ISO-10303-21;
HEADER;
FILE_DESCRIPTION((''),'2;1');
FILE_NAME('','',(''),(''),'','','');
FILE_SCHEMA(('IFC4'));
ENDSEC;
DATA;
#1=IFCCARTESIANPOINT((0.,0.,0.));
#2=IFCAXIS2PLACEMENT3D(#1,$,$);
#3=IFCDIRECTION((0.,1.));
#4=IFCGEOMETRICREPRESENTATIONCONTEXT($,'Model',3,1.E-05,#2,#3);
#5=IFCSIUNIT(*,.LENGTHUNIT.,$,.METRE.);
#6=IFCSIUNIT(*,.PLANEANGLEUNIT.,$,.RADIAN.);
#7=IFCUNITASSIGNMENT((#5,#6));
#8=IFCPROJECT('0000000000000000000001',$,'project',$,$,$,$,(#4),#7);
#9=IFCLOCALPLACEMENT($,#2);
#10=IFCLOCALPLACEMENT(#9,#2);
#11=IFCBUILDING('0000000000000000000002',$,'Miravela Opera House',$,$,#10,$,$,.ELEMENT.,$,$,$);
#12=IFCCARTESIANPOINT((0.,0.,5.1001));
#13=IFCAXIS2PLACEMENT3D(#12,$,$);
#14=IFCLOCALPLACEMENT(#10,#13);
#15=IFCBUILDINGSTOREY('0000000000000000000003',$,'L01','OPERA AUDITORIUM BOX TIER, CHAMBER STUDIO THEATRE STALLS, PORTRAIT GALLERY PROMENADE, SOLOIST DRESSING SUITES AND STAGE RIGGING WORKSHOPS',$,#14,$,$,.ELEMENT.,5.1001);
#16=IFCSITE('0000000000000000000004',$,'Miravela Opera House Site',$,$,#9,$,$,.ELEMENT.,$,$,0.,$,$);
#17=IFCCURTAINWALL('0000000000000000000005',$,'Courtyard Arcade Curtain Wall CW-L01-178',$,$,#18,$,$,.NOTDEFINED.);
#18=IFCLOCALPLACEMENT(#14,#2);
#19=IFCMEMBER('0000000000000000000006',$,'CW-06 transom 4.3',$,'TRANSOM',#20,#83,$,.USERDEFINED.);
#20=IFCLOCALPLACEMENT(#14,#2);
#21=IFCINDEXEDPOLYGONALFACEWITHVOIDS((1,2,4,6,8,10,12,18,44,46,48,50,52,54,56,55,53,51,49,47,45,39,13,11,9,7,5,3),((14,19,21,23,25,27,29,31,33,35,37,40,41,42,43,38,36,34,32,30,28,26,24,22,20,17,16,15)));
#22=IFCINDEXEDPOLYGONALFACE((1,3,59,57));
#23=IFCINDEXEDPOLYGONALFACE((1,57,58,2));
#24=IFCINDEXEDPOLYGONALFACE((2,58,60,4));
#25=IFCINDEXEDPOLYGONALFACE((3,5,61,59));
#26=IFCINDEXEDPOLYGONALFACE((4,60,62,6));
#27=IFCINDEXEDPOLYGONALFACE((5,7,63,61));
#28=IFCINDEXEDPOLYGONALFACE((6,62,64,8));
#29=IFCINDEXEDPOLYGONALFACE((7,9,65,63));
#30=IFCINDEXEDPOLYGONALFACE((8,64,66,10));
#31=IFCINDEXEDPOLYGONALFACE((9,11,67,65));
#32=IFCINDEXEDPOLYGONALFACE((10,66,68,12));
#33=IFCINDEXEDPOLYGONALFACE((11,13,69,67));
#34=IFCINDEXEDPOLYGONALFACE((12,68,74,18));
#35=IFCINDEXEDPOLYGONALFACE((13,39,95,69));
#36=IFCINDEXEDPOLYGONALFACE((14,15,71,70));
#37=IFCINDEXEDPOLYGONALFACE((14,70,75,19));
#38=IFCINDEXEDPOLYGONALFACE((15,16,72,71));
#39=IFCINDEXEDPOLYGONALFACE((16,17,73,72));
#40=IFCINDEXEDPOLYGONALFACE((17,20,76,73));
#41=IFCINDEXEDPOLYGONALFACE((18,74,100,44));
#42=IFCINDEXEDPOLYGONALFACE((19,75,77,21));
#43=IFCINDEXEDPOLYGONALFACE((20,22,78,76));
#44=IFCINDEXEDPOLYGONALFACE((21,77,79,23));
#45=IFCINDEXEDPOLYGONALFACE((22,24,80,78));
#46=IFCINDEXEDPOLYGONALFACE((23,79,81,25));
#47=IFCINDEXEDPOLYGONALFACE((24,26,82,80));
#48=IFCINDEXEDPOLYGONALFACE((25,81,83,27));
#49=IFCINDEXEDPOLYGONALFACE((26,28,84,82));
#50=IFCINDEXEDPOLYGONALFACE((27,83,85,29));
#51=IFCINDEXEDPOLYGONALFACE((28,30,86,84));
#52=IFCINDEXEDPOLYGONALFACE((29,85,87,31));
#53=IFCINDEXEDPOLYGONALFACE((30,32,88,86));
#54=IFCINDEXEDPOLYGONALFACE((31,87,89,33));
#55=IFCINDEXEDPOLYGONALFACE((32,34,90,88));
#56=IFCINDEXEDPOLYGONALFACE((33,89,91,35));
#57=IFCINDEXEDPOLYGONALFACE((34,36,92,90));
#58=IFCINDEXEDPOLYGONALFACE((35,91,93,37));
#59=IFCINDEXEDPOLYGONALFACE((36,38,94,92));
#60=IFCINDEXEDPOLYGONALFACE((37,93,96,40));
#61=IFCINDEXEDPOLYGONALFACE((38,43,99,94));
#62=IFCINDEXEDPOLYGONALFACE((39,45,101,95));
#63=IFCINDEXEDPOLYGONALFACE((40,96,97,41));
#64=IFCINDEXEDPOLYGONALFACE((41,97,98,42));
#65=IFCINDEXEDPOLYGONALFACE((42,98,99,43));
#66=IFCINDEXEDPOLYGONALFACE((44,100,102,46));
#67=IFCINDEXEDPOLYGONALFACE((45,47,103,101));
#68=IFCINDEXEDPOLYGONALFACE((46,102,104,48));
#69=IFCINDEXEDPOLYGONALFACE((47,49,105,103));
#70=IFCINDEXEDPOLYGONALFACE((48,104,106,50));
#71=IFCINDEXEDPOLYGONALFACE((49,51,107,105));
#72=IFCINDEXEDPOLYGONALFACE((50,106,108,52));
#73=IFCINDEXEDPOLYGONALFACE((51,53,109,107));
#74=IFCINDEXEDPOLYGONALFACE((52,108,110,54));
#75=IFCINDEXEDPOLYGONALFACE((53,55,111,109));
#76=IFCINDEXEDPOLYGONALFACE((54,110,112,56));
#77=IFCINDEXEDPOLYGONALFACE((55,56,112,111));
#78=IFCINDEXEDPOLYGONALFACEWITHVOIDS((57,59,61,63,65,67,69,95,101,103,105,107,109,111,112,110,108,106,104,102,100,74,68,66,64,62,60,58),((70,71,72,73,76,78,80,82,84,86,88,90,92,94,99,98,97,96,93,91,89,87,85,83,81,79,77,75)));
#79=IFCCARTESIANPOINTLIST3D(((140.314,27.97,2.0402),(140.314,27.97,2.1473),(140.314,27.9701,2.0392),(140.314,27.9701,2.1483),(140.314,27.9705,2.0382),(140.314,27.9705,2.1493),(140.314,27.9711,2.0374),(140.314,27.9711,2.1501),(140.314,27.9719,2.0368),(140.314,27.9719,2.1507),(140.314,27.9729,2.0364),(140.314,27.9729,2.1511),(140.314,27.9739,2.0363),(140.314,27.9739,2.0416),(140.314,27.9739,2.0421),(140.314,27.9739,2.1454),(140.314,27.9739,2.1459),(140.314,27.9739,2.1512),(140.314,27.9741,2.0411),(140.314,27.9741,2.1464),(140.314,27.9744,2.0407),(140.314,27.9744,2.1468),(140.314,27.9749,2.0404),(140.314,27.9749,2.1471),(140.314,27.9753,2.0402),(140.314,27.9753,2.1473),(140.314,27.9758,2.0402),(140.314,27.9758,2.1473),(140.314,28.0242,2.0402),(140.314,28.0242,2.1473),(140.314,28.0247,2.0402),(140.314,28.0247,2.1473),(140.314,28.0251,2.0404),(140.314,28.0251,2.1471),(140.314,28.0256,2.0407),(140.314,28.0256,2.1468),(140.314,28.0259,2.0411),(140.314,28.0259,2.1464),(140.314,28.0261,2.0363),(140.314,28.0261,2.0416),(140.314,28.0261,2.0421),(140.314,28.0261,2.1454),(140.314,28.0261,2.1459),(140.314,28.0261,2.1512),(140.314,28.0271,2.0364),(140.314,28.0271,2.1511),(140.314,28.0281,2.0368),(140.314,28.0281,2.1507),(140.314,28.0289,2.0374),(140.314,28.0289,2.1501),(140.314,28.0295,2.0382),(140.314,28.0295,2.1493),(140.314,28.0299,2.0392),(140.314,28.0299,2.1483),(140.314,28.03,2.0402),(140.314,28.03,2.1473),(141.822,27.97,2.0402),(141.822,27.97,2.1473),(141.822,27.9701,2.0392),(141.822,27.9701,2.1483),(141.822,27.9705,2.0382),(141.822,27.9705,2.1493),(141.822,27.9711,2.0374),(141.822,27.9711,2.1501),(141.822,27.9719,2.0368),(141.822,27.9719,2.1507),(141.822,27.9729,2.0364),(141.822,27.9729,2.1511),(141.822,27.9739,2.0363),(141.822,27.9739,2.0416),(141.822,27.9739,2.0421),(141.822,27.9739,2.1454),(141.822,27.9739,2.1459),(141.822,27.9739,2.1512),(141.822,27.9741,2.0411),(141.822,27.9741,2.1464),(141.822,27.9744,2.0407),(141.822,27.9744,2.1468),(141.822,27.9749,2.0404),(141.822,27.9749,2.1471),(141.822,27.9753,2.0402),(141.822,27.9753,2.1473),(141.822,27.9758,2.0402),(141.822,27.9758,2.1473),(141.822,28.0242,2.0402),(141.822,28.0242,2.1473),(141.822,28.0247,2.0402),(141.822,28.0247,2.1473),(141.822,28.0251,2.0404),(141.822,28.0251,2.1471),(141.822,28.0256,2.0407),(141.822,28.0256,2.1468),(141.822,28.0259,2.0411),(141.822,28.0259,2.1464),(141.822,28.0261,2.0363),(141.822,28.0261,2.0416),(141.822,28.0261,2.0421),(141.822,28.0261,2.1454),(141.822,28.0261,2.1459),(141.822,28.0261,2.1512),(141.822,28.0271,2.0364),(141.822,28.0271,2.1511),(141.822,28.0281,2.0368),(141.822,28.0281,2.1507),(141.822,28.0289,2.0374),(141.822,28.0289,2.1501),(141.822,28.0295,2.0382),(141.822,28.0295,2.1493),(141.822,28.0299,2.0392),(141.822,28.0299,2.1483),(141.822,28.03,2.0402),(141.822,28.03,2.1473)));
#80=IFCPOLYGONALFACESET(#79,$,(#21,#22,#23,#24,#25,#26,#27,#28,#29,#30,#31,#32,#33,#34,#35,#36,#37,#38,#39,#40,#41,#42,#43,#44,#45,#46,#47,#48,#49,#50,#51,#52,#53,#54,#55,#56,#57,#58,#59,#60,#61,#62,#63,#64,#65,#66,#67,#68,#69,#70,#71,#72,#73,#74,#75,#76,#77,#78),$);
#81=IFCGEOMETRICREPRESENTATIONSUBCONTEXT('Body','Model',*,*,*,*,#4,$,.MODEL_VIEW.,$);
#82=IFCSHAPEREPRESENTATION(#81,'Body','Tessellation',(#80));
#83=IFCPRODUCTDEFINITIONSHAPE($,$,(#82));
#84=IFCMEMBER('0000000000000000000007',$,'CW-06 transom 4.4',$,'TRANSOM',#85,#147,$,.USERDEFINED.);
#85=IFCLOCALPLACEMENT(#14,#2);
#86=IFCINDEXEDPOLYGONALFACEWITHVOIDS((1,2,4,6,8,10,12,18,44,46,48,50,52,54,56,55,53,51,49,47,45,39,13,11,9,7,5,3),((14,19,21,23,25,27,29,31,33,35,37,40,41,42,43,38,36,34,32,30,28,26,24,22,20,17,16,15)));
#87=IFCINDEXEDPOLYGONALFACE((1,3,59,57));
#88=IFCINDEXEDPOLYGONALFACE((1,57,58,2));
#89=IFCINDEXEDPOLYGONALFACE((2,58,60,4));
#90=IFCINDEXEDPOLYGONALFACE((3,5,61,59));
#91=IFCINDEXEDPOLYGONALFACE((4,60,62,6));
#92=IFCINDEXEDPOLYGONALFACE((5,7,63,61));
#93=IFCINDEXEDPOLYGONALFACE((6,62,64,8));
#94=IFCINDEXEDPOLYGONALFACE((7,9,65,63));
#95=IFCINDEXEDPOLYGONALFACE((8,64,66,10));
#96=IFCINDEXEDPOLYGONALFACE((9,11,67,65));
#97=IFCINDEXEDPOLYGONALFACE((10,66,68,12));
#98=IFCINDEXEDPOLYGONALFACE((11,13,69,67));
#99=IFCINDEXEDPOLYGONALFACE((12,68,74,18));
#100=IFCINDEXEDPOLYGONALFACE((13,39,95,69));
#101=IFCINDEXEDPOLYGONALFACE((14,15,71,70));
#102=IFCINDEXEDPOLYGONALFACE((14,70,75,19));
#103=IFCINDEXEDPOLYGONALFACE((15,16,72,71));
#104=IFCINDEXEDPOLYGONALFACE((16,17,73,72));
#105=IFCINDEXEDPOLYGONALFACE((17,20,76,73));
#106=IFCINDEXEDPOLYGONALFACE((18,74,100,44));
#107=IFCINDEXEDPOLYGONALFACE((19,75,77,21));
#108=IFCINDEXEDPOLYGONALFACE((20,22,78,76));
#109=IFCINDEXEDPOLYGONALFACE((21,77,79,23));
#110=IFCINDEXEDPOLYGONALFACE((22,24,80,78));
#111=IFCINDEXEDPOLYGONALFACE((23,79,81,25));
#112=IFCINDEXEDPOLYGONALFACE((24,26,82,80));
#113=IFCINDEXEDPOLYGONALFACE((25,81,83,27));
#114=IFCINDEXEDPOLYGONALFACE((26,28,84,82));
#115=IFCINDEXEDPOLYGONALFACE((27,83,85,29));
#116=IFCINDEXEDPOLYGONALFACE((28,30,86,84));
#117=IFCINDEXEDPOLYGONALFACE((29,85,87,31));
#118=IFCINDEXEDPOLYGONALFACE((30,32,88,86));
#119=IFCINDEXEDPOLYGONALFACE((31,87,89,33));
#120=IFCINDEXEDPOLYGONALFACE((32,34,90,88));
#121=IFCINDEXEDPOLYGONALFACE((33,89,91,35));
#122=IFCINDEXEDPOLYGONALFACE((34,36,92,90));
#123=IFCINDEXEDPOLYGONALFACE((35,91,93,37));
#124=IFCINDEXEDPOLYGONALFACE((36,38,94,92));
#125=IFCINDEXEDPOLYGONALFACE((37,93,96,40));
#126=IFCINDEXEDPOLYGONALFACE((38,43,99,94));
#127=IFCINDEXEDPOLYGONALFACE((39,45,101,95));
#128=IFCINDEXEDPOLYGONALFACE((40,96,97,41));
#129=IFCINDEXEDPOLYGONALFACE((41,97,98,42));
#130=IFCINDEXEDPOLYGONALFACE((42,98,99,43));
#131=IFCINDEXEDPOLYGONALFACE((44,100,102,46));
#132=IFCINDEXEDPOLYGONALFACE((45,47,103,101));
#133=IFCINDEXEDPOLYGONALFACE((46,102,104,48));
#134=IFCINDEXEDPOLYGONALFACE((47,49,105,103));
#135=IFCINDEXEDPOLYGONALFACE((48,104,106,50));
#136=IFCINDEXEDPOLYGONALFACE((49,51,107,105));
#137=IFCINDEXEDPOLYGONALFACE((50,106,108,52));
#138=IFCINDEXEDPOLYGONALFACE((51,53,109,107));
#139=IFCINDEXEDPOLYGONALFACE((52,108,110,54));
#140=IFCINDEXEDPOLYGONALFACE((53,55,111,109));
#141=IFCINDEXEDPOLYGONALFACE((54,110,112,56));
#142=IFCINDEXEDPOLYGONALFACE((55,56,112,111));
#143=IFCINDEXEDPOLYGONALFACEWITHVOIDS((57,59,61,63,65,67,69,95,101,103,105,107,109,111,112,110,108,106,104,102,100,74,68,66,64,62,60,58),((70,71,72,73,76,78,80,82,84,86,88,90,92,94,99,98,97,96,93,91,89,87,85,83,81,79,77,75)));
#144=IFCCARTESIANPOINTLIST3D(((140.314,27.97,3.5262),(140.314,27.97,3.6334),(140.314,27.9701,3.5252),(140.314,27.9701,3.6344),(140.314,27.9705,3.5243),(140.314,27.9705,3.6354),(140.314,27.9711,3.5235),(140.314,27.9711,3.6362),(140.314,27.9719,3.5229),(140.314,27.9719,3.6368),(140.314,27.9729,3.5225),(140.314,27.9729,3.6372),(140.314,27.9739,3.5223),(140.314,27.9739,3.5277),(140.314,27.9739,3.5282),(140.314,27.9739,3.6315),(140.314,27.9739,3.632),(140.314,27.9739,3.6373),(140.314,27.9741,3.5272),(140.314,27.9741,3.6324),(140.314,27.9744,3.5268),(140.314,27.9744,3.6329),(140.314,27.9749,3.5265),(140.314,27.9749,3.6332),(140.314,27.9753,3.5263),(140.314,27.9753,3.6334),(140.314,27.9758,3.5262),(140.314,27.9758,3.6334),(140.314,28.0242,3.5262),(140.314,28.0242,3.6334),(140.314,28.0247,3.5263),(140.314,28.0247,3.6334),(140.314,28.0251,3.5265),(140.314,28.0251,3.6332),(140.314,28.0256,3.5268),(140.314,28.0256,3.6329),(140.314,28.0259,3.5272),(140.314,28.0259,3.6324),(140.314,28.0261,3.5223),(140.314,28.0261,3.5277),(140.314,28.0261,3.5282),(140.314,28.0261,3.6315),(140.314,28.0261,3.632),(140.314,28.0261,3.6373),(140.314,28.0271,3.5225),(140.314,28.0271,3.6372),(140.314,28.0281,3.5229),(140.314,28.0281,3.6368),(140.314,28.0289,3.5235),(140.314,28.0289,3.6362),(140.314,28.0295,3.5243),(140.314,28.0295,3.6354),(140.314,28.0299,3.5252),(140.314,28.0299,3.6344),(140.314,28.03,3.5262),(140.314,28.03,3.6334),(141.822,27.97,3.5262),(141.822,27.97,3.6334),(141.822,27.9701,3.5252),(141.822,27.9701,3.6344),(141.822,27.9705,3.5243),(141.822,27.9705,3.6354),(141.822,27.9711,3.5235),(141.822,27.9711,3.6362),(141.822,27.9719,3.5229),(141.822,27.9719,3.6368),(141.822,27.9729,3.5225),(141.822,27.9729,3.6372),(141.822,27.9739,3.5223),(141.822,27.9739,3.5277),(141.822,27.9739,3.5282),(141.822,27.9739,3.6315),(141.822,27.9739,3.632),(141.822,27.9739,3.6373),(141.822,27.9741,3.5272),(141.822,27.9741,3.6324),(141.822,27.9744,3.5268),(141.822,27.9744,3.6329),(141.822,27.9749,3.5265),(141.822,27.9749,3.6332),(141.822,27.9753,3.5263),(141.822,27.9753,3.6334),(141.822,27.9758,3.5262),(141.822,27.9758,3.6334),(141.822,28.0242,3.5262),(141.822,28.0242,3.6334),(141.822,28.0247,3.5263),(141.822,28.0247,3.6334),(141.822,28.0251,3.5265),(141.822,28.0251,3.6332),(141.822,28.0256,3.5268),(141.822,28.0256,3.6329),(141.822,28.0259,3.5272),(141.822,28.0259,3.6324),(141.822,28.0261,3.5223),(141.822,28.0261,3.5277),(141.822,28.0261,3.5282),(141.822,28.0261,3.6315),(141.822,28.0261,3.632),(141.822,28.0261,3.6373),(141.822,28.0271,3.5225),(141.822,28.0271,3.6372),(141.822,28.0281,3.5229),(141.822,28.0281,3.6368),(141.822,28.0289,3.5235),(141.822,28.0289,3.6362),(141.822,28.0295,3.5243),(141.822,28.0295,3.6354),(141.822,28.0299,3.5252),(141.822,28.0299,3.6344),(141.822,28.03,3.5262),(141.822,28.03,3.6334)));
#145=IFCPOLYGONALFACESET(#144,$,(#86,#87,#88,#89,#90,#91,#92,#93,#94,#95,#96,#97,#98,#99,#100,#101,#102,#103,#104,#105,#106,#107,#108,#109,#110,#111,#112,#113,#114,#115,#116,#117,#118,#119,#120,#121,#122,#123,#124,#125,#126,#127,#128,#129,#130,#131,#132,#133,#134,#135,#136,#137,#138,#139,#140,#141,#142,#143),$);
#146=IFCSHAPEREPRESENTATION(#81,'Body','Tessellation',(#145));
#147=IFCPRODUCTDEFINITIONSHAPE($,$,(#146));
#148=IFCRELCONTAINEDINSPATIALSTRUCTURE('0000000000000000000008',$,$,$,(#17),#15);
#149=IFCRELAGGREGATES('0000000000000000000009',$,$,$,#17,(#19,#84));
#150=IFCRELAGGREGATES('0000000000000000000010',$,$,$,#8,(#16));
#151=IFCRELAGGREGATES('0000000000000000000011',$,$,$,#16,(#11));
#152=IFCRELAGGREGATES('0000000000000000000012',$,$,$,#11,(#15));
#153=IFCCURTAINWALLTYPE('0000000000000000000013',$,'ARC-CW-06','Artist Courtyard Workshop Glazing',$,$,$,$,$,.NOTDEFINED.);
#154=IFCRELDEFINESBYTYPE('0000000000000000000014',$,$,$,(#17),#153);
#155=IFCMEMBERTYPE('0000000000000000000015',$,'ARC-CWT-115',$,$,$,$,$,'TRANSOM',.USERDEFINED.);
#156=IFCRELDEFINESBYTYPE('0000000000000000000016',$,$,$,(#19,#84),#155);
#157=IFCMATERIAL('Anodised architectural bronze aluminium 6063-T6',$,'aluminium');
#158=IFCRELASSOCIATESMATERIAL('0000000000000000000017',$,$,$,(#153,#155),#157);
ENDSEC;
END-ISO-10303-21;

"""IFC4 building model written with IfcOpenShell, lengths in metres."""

from ifc_helpers import new_model, si_unit, direction, frame, origin, origin_2d, place, context, subcontext, project, spatial, hollow_rectangle, extrude, material, material_profile, profile_set, type_object, element, aggregate, save


model = new_model("IFC4")

# Units and contexts
model_context = context("Model", 3, precision=1e-05, world=origin(), true_north=direction((0.0, 1.0)))
body_context = subcontext(model_context, "Body", "Model", "MODEL_VIEW")
ifc_project = project(units=[si_unit("LENGTHUNIT", "METRE"), si_unit("PLANEANGLEUNIT", "RADIAN")], contexts=[model_context])

# Site, building, storey
site_placement = place(None, origin())
site = spatial("IfcSite", under=ifc_project, at=site_placement, Name="Miravela Opera House Site", CompositionType="ELEMENT", RefElevation=0.0)
building_placement = place(site_placement, origin())
building = spatial("IfcBuilding", under=site, at=building_placement, Name="Miravela Opera House", CompositionType="ELEMENT")
storey_placement = place(building_placement, frame((0.0, 0.0, 5.1001)))
storey = spatial("IfcBuildingStorey", under=building, at=storey_placement, Name="L01", Description="OPERA AUDITORIUM BOX TIER, CHAMBER STUDIO THEATRE STALLS, PORTRAIT GALLERY PROMENADE, SOLOIST DRESSING SUITES AND STAGE RIGGING WORKSHOPS", CompositionType="ELEMENT", Elevation=5.1001)

# Curtain wall, members
ifc_material_1 = material(Name="Anodised architectural bronze aluminium 6063-T6", Category="aluminium")
curtain_wall_type = type_object("IfcCurtainWallType", Name="ARC-CW-06", Description="Artist Courtyard Workshop Glazing", PredefinedType="NOTDEFINED", material=ifc_material_1)
curtain_wall_placement = place(storey_placement, origin())
curtain_wall = element("IfcCurtainWall", 1, at=curtain_wall_placement, inside=storey, type_object=curtain_wall_type, Name="Courtyard Arcade Curtain Wall CW-L01-178", PredefinedType="NOTDEFINED")
ifc_material_profile_1 = material_profile(ifc_material_1, hollow_rectangle(XDim=0.0601, YDim=0.115, WallThickness=0.0039, InnerFilletRadius=0.002, OuterFilletRadius=0.0039, at=origin_2d()), Name="CWT-60X115")
ifc_profile_set_1 = profile_set([ifc_material_profile_1])
member_type_1 = type_object("IfcMemberType", Name="ARC-CWT-115", ElementType="TRANSOM", PredefinedType="USERDEFINED", material=ifc_profile_set_1)
member_1_placement = place(storey_placement, frame((140.314, 28.0, 2.0938), z_axis=(1.0, 0.0, 0.0), x_axis=(0.0, 1.0, 0.0)))
member_1 = element("IfcMember", 2, at=member_1_placement, type_object=member_type_1, Name="CW-06 transom 4.3", ObjectType="TRANSOM", PredefinedType="USERDEFINED", context=body_context, shape_type="SweptSolid", body=[
    extrude(hollow_rectangle(XDim=0.0601, YDim=0.115, WallThickness=0.0039, InnerFilletRadius=0.002, OuterFilletRadius=0.0039, at=origin_2d()), origin(), (0.0, 0.0, 1.0), 1.5081),
])
member_2_placement = place(storey_placement, frame((140.314, 28.0, 3.5798), z_axis=(1.0, 0.0, 0.0), x_axis=(0.0, 1.0, 0.0)))
member_2 = element("IfcMember", 3, at=member_2_placement, type_object=member_type_1, Name="CW-06 transom 4.4", ObjectType="TRANSOM", PredefinedType="USERDEFINED", context=body_context, shape_type="SweptSolid", body=[
    extrude(hollow_rectangle(XDim=0.0601, YDim=0.115, WallThickness=0.0039, InnerFilletRadius=0.002, OuterFilletRadius=0.0039, at=origin_2d()), origin(), (0.0, 0.0, 1.0), 1.5081),
])

aggregate(curtain_wall, [member_1, member_2])

save(model, "model.ifc")
